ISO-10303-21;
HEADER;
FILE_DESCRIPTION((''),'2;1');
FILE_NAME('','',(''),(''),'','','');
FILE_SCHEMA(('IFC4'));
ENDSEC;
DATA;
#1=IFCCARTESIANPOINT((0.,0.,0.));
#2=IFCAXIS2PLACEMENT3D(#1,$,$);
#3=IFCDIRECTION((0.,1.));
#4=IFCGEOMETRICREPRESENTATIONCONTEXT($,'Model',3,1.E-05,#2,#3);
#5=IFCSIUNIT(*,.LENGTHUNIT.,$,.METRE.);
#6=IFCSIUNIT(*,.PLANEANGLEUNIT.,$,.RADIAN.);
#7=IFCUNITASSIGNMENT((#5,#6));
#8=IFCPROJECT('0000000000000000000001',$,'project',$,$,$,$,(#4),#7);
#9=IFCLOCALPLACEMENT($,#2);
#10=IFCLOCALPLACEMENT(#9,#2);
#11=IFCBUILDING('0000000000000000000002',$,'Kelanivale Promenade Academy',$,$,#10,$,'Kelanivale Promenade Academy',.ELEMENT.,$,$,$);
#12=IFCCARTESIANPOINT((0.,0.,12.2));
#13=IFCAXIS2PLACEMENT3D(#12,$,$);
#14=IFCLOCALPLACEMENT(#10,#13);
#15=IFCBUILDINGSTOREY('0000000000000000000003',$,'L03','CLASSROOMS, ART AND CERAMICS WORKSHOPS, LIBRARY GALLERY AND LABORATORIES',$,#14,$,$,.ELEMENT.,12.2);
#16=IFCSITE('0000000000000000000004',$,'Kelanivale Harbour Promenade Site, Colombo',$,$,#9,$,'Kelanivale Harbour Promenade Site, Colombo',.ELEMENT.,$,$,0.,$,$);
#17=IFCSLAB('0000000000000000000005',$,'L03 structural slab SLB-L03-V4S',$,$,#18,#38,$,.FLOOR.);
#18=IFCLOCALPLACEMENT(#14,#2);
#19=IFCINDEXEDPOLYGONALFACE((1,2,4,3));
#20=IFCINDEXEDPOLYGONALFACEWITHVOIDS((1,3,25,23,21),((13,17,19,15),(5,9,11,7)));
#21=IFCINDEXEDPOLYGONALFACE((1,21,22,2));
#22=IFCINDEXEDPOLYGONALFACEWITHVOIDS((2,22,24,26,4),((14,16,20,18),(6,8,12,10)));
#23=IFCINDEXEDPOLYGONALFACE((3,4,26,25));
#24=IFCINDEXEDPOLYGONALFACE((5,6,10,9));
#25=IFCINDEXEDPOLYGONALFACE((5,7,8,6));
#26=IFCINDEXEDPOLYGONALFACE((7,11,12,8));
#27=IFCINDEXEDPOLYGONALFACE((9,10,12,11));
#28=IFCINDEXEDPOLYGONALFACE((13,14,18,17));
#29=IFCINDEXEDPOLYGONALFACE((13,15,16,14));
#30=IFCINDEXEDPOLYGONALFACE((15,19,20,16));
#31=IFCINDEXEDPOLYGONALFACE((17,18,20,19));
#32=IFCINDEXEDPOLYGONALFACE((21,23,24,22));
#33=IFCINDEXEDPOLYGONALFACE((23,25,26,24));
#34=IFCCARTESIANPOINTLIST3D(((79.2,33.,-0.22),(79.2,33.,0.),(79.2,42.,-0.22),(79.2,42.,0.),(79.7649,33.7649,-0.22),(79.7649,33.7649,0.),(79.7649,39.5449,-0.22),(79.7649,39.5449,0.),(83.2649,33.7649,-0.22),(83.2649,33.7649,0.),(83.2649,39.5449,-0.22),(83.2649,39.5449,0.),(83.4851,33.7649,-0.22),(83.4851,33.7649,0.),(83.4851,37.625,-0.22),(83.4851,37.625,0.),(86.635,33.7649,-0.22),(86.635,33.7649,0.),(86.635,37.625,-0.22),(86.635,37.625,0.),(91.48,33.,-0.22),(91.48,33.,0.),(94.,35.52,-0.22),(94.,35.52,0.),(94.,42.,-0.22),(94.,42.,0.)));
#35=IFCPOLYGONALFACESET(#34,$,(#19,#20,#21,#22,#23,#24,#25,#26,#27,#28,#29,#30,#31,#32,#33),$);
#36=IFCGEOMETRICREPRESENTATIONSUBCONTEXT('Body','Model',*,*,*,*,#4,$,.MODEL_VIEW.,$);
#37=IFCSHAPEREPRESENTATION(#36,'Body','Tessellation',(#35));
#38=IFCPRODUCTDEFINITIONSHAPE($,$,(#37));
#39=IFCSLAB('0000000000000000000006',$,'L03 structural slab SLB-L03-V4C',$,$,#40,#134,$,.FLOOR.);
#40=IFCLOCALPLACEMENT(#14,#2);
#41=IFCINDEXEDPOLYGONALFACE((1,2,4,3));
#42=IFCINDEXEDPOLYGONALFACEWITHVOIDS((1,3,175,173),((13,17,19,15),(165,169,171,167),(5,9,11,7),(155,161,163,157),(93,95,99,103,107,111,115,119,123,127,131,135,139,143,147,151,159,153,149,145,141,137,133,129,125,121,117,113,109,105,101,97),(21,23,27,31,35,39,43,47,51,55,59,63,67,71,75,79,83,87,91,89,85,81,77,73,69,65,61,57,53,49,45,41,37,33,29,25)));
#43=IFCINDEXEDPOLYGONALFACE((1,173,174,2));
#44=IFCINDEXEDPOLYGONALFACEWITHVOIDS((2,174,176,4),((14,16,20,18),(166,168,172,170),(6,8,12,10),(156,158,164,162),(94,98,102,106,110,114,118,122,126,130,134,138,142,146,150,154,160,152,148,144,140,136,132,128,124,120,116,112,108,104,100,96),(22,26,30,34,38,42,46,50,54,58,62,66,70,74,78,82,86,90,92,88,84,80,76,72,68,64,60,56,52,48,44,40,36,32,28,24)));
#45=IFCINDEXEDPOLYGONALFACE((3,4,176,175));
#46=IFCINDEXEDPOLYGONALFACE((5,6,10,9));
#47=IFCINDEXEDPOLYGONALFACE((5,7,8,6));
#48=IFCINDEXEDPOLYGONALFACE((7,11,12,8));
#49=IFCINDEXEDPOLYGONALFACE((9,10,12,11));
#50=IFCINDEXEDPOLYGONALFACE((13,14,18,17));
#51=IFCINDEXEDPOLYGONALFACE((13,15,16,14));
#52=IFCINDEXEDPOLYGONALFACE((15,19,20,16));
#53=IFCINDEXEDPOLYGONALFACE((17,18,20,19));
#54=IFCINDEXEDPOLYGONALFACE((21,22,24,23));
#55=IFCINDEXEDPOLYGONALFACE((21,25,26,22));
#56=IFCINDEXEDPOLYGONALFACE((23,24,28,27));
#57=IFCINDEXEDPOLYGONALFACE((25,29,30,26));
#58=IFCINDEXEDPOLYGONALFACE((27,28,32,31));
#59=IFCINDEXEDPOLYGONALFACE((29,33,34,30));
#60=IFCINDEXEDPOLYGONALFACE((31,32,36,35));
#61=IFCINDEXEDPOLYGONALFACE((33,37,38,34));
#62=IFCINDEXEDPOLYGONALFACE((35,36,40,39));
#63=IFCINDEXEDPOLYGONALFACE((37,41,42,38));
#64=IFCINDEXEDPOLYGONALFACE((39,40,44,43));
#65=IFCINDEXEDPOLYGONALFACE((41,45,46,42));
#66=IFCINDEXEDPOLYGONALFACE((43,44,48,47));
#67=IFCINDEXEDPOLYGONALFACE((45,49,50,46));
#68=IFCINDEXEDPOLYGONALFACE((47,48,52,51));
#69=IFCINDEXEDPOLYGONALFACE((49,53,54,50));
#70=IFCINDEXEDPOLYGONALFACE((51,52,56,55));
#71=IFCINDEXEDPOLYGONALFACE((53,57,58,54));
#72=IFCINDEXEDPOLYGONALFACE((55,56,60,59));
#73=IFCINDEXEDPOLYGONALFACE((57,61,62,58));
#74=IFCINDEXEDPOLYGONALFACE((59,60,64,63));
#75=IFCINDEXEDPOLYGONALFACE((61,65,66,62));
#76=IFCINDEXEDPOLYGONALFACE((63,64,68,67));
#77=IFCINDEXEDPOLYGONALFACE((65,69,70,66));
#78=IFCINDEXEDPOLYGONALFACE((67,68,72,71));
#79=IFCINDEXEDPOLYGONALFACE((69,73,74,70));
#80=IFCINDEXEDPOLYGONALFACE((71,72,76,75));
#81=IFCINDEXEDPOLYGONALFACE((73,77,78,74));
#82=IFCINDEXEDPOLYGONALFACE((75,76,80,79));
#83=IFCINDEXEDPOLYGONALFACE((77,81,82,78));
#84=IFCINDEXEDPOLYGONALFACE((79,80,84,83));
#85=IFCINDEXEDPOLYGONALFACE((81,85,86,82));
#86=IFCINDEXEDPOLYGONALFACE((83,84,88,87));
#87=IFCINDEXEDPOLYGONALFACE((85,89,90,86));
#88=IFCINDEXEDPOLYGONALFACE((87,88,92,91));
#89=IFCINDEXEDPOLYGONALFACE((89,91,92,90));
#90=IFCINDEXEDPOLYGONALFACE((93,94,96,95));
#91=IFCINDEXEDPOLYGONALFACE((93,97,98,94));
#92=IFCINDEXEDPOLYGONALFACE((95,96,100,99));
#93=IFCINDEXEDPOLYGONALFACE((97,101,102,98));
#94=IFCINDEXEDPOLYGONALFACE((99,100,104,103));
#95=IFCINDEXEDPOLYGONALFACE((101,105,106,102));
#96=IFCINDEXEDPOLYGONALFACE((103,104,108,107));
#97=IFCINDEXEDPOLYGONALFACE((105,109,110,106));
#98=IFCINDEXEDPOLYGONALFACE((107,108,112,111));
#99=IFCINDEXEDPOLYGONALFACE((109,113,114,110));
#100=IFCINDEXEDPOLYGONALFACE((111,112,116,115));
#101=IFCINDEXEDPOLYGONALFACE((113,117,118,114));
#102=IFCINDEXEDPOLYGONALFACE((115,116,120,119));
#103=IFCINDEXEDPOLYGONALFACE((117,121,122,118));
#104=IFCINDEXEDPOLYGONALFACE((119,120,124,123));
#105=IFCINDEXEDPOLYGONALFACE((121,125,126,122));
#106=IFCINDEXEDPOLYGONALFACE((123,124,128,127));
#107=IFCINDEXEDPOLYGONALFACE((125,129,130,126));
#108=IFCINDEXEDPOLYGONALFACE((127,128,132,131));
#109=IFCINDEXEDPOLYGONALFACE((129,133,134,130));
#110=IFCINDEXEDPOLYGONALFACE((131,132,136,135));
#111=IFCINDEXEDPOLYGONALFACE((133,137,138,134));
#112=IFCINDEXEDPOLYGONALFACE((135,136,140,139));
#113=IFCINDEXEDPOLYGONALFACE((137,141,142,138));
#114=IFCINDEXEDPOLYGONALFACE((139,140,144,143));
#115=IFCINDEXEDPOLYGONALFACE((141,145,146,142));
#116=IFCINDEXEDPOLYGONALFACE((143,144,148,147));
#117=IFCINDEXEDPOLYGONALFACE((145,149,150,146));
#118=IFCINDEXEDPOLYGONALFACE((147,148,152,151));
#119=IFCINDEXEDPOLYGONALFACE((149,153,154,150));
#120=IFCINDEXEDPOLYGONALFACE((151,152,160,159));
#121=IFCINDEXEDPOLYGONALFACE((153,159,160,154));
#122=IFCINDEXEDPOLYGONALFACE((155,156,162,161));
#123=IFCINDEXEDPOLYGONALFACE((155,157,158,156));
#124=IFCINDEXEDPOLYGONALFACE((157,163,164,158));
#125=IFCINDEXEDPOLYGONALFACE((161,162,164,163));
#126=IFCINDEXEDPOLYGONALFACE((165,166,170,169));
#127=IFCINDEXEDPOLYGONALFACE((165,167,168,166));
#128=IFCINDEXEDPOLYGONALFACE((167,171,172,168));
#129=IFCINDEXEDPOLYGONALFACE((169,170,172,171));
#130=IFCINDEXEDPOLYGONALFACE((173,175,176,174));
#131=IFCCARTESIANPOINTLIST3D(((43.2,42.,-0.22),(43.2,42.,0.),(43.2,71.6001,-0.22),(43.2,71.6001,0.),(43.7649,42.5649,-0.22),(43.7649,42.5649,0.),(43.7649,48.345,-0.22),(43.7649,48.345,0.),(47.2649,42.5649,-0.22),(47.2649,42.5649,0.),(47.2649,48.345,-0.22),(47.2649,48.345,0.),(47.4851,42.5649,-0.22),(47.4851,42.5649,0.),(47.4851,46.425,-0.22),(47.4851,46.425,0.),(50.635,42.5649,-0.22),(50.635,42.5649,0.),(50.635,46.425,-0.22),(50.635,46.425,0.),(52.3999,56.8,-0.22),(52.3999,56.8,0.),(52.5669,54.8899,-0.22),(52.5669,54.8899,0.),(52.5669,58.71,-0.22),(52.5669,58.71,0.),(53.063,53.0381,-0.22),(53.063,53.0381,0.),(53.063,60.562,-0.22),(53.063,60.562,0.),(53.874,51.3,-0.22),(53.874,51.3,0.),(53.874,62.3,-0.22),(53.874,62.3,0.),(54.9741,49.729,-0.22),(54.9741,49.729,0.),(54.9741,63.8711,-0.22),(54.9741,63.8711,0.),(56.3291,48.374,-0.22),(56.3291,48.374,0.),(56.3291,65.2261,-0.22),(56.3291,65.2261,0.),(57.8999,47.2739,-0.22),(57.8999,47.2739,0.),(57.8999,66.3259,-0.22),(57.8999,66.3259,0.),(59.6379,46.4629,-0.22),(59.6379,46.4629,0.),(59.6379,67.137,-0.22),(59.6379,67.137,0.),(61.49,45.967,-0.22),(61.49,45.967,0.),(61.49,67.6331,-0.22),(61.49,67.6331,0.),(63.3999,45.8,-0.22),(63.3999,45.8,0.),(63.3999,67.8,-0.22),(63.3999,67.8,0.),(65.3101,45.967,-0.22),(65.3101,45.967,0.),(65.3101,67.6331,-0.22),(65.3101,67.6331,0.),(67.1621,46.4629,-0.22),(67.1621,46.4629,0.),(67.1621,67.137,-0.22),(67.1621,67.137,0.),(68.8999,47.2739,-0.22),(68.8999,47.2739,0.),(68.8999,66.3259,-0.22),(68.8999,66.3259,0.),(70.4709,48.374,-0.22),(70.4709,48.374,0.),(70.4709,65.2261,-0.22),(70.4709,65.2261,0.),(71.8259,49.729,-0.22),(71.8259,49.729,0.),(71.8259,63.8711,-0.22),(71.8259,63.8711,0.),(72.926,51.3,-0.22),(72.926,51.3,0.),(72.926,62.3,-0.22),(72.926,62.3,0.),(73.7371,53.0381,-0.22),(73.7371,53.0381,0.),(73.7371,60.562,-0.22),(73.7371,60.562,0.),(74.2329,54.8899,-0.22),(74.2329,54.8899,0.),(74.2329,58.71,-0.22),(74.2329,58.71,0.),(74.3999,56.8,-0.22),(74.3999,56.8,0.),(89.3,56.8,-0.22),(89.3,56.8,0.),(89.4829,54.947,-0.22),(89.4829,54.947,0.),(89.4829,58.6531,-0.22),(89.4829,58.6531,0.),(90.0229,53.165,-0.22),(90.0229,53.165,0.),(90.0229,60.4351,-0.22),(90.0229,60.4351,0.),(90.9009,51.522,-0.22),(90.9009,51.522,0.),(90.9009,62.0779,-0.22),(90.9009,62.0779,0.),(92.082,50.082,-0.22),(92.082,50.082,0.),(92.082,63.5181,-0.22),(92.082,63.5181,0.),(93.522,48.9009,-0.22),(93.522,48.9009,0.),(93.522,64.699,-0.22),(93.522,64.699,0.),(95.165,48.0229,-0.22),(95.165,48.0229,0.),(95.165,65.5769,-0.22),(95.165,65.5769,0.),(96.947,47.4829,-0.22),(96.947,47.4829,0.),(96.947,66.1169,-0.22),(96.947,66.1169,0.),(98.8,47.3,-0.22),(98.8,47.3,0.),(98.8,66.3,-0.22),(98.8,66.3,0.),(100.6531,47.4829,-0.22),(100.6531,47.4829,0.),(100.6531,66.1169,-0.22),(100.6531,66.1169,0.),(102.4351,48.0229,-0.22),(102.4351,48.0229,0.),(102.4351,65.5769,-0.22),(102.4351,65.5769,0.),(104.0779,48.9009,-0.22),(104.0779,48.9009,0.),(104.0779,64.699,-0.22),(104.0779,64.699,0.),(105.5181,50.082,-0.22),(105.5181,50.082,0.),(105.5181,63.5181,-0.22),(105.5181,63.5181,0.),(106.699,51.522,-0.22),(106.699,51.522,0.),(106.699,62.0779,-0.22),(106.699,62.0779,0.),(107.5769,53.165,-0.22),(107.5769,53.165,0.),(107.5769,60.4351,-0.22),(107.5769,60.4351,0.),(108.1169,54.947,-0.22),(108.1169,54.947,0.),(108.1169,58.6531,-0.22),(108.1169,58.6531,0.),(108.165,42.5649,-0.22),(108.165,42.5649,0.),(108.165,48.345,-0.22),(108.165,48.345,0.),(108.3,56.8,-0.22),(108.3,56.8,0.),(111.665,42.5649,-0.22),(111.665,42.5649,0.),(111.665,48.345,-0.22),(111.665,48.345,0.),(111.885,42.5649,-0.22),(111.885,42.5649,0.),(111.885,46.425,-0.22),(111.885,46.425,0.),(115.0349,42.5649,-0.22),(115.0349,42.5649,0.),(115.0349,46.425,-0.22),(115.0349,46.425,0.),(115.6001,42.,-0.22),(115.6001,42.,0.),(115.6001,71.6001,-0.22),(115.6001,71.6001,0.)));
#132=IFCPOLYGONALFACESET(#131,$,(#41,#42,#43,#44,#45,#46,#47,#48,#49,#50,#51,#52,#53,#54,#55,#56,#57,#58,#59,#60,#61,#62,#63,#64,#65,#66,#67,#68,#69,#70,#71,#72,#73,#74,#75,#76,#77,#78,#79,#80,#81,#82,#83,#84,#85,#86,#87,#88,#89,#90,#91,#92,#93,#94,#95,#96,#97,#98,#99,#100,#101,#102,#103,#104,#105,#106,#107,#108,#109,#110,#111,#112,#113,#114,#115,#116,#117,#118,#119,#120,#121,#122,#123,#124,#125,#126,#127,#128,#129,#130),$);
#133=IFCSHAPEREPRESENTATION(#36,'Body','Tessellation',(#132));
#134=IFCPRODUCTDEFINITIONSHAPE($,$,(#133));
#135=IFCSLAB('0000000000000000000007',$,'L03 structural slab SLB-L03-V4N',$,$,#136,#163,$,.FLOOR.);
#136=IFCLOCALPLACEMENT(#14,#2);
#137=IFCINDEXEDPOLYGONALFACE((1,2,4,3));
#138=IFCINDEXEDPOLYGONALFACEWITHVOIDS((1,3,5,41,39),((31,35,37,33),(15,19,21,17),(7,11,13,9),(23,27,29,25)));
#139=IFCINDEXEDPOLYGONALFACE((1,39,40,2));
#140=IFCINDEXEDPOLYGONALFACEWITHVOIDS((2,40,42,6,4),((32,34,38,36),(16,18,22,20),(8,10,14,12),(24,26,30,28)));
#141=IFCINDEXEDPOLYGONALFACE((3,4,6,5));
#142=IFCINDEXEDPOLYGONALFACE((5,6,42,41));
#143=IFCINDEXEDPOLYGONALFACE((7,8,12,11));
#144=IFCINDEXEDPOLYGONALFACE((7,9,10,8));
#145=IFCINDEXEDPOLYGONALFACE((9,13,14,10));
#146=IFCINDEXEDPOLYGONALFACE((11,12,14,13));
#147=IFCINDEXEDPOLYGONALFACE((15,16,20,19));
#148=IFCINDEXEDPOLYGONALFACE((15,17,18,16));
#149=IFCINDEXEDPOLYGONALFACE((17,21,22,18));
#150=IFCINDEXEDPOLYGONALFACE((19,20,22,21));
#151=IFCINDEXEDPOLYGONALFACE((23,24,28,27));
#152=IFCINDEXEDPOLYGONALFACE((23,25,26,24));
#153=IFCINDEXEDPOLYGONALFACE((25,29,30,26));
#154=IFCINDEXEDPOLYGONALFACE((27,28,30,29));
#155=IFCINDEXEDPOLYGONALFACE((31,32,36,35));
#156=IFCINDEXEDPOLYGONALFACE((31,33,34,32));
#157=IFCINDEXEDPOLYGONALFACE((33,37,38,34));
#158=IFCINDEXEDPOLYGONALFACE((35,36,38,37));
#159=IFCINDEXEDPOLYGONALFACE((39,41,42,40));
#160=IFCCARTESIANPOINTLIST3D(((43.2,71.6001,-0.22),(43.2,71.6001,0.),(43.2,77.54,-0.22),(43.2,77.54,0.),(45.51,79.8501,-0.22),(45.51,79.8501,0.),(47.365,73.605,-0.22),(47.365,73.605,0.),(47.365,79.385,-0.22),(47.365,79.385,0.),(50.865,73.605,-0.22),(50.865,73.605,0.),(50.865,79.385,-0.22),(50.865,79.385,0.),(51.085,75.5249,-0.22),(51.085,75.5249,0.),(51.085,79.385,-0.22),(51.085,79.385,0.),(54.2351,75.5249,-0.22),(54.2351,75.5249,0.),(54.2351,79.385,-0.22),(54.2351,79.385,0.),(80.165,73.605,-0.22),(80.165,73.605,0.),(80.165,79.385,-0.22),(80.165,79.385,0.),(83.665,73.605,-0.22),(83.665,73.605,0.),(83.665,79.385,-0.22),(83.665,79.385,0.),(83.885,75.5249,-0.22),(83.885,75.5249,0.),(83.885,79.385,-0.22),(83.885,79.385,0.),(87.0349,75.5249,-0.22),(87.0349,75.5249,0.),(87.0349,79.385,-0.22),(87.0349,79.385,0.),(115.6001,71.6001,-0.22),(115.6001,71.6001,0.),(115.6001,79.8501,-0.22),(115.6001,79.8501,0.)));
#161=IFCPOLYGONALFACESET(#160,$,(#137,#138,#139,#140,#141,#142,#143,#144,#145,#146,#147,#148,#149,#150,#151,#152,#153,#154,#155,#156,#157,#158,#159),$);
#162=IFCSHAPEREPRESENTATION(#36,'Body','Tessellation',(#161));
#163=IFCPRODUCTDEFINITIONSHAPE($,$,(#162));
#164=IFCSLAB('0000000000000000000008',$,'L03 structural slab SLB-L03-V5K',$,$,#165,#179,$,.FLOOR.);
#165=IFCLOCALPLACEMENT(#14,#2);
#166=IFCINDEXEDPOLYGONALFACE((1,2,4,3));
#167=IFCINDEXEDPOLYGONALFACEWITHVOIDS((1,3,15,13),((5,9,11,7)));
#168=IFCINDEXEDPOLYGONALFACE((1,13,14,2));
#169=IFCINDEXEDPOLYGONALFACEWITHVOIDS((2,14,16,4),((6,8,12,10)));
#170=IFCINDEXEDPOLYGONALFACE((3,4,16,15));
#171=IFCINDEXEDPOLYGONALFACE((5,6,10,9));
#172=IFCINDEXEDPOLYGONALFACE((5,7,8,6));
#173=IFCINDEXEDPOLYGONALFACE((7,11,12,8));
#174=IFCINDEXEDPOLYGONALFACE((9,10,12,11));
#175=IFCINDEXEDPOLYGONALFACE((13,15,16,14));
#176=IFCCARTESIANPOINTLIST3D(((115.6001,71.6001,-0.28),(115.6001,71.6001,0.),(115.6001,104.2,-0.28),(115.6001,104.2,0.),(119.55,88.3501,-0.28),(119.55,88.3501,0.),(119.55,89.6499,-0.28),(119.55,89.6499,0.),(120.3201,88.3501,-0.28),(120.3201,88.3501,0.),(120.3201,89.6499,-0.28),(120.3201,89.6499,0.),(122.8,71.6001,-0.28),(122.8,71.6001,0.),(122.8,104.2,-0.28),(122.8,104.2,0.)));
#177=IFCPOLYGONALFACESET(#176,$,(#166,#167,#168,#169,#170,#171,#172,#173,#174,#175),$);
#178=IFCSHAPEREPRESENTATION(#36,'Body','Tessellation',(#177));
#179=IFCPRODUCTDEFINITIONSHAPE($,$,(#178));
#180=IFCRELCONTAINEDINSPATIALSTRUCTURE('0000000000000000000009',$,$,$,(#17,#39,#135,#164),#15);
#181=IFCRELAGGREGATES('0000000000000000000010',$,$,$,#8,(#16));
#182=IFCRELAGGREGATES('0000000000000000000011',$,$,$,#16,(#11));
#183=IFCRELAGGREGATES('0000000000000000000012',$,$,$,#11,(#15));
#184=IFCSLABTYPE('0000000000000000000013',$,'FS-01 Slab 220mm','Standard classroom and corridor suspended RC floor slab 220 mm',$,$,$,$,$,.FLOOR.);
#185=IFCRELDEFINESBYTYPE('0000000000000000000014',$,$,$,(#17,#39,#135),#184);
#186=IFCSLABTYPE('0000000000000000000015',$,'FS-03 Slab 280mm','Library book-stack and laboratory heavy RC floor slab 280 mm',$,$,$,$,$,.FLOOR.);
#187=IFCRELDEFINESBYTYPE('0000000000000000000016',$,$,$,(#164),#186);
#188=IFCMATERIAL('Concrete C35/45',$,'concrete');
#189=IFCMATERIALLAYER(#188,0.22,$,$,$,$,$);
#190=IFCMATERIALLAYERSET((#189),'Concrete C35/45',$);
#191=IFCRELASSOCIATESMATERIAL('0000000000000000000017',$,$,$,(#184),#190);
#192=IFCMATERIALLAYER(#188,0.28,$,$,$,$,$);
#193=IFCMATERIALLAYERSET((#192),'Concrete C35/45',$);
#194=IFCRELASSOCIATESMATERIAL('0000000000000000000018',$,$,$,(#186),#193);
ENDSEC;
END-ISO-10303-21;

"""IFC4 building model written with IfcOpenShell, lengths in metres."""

from ifc_helpers import new_model, si_unit, direction, frame, origin, place, context, subcontext, project, spatial, polyline, outline, extrude, material, layer, layer_set, type_object, element, save


model = new_model("IFC4")

# Units and contexts
model_context = context("Model", 3, precision=1e-05, world=origin(), true_north=direction((0.0, 1.0)))
body_context = subcontext(model_context, "Body", "Model", "MODEL_VIEW")
ifc_project = project(units=[si_unit("LENGTHUNIT", "METRE"), si_unit("PLANEANGLEUNIT", "RADIAN")], contexts=[model_context])

# Site, building, storey
site_placement = place(None, origin())
site = spatial("IfcSite", under=ifc_project, at=site_placement, Name="Kelanivale Harbour Promenade Site, Colombo", LongName="Kelanivale Harbour Promenade Site, Colombo", CompositionType="ELEMENT", RefElevation=0.0)
building_placement = place(site_placement, origin())
building = spatial("IfcBuilding", under=site, at=building_placement, Name="Kelanivale Promenade Academy", LongName="Kelanivale Promenade Academy", CompositionType="ELEMENT")
storey_placement = place(building_placement, frame((0.0, 0.0, 12.2)))
storey = spatial("IfcBuildingStorey", under=building, at=storey_placement, Name="L03", Description="CLASSROOMS, ART AND CERAMICS WORKSHOPS, LIBRARY GALLERY AND LABORATORIES", CompositionType="ELEMENT", Elevation=12.2)

# Slabs
ifc_material_1 = material(Name="Concrete C35/45", Category="concrete")
ifc_layer_1 = layer(ifc_material_1, 0.22)
ifc_layer_set_1 = layer_set([ifc_layer_1], Name="Concrete C35/45")
slab_type_1 = type_object("IfcSlabType", Name="FS-01 Slab 220mm", Description="Standard classroom and corridor suspended RC floor slab 220 mm", PredefinedType="FLOOR", material=ifc_layer_set_1)
slab_1_placement = place(storey_placement, frame((0.0, 0.0, -0.22)))
element("IfcSlab", 1, at=slab_1_placement, inside=storey, type_object=slab_type_1, Name="L03 structural slab SLB-L03-V4S", PredefinedType="FLOOR", context=body_context, shape_type="SweptSolid", body=[
    extrude(outline(polyline([(79.2, 42.0), (79.2, 33.0), (91.48, 33.0), (94.0, 35.52), (94.0, 42.0), (79.2, 42.0)]), holes=[polyline([(86.635, 33.7649), (83.4851, 33.7649), (83.4851, 37.625), (86.635, 37.625), (86.635, 33.7649)]), polyline([(83.2649, 39.5449), (83.2649, 33.7649), (79.7649, 33.7649), (79.7649, 39.5449), (83.2649, 39.5449)])]), origin(), (0.0, 0.0, 1.0), 0.22),
])
slab_2_placement = place(storey_placement, frame((0.0, 0.0, -0.22)))
element("IfcSlab", 2, at=slab_2_placement, inside=storey, type_object=slab_type_1, Name="L03 structural slab SLB-L03-V4C", PredefinedType="FLOOR", context=body_context, shape_type="SweptSolid", body=[
    extrude(outline(polyline([(115.6001, 42.0), (115.6001, 71.6001), (43.2, 71.6001), (43.2, 42.0), (115.6001, 42.0)]), holes=[polyline([(115.0349, 42.5649), (111.885, 42.5649), (111.885, 46.425), (115.0349, 46.425), (115.0349, 42.5649)]), polyline([(111.665, 48.345), (111.665, 42.5649), (108.165, 42.5649), (108.165, 48.345), (111.665, 48.345)]), polyline([(95.165, 65.5769), (96.947, 66.1169), (98.8, 66.3), (100.6531, 66.1169), (102.4351, 65.5769), (104.0779, 64.699), (105.5181, 63.5181), (106.699, 62.0779), (107.5769, 60.4351), (108.1169, 58.6531), (108.3, 56.8), (108.1169, 54.947), (107.5769, 53.165), (106.699, 51.522), (105.5181, 50.082), (104.0779, 48.9009), (102.4351, 48.0229), (100.6531, 47.4829), (98.8, 47.3), (96.947, 47.4829), (95.165, 48.0229), (93.522, 48.9009), (92.082, 50.082), (90.9009, 51.522), (90.0229, 53.165), (89.4829, 54.947), (89.3, 56.8), (89.4829, 58.6531), (90.0229, 60.4351), (90.9009, 62.0779), (92.082, 63.5181), (93.522, 64.699), (95.165, 65.5769)]), polyline([(61.49, 67.6331), (63.3999, 67.8), (65.3101, 67.6331), (67.1621, 67.137), (68.8999, 66.3259), (70.4709, 65.2261), (71.8259, 63.8711), (72.926, 62.3), (73.7371, 60.562), (74.2329, 58.71), (74.3999, 56.8), (74.2329, 54.8899), (73.7371, 53.0381), (72.926, 51.3), (71.8259, 49.729), (70.4709, 48.374), (68.8999, 47.2739), (67.1621, 46.4629), (65.3101, 45.967), (63.3999, 45.8), (61.49, 45.967), (59.6379, 46.4629), (57.8999, 47.2739), (56.3291, 48.374), (54.9741, 49.729), (53.874, 51.3), (53.063, 53.0381), (52.5669, 54.8899), (52.3999, 56.8), (52.5669, 58.71), (53.063, 60.562), (53.874, 62.3), (54.9741, 63.8711), (56.3291, 65.2261), (57.8999, 66.3259), (59.6379, 67.137), (61.49, 67.6331)]), polyline([(47.4851, 46.425), (50.635, 46.425), (50.635, 42.5649), (47.4851, 42.5649), (47.4851, 46.425)]), polyline([(43.7649, 42.5649), (43.7649, 48.345), (47.2649, 48.345), (47.2649, 42.5649), (43.7649, 42.5649)])]), origin(), (0.0, 0.0, 1.0), 0.22),
])
slab_3_placement = place(storey_placement, frame((0.0, 0.0, -0.22)))
element("IfcSlab", 3, at=slab_3_placement, inside=storey, type_object=slab_type_1, Name="L03 structural slab SLB-L03-V4N", PredefinedType="FLOOR", context=body_context, shape_type="SweptSolid", body=[
    extrude(outline(polyline([(43.2, 77.54), (43.2, 71.6001), (115.6001, 71.6001), (115.6001, 79.8501), (45.51, 79.8501), (43.2, 77.54)]), holes=[polyline([(83.885, 79.385), (87.0349, 79.385), (87.0349, 75.5249), (83.885, 75.5249), (83.885, 79.385)]), polyline([(83.665, 79.385), (83.665, 73.605), (80.165, 73.605), (80.165, 79.385), (83.665, 79.385)]), polyline([(51.085, 79.385), (54.2351, 79.385), (54.2351, 75.5249), (51.085, 75.5249), (51.085, 79.385)]), polyline([(50.865, 79.385), (50.865, 73.605), (47.365, 73.605), (47.365, 79.385), (50.865, 79.385)])]), origin(), (0.0, 0.0, 1.0), 0.22),
])
ifc_layer_2 = layer(ifc_material_1, 0.28)
ifc_layer_set_2 = layer_set([ifc_layer_2], Name="Concrete C35/45")
slab_type_2 = type_object("IfcSlabType", Name="FS-03 Slab 280mm", Description="Library book-stack and laboratory heavy RC floor slab 280 mm", PredefinedType="FLOOR", material=ifc_layer_set_2)
slab_4_placement = place(storey_placement, frame((0.0, 0.0, -0.28)))
element("IfcSlab", 4, at=slab_4_placement, inside=storey, type_object=slab_type_2, Name="L03 structural slab SLB-L03-V5K", PredefinedType="FLOOR", context=body_context, shape_type="SweptSolid", body=[
    extrude(outline(polyline([(122.8, 71.6001), (122.8, 104.2), (115.6001, 104.2), (115.6001, 71.6001), (122.8, 71.6001)]), holes=[polyline([(120.3201, 89.6499), (120.3201, 88.3501), (119.55, 88.3501), (119.55, 89.6499), (120.3201, 89.6499)])]), origin(), (0.0, 0.0, 1.0), 0.28),
])

save(model, "model.ifc")
